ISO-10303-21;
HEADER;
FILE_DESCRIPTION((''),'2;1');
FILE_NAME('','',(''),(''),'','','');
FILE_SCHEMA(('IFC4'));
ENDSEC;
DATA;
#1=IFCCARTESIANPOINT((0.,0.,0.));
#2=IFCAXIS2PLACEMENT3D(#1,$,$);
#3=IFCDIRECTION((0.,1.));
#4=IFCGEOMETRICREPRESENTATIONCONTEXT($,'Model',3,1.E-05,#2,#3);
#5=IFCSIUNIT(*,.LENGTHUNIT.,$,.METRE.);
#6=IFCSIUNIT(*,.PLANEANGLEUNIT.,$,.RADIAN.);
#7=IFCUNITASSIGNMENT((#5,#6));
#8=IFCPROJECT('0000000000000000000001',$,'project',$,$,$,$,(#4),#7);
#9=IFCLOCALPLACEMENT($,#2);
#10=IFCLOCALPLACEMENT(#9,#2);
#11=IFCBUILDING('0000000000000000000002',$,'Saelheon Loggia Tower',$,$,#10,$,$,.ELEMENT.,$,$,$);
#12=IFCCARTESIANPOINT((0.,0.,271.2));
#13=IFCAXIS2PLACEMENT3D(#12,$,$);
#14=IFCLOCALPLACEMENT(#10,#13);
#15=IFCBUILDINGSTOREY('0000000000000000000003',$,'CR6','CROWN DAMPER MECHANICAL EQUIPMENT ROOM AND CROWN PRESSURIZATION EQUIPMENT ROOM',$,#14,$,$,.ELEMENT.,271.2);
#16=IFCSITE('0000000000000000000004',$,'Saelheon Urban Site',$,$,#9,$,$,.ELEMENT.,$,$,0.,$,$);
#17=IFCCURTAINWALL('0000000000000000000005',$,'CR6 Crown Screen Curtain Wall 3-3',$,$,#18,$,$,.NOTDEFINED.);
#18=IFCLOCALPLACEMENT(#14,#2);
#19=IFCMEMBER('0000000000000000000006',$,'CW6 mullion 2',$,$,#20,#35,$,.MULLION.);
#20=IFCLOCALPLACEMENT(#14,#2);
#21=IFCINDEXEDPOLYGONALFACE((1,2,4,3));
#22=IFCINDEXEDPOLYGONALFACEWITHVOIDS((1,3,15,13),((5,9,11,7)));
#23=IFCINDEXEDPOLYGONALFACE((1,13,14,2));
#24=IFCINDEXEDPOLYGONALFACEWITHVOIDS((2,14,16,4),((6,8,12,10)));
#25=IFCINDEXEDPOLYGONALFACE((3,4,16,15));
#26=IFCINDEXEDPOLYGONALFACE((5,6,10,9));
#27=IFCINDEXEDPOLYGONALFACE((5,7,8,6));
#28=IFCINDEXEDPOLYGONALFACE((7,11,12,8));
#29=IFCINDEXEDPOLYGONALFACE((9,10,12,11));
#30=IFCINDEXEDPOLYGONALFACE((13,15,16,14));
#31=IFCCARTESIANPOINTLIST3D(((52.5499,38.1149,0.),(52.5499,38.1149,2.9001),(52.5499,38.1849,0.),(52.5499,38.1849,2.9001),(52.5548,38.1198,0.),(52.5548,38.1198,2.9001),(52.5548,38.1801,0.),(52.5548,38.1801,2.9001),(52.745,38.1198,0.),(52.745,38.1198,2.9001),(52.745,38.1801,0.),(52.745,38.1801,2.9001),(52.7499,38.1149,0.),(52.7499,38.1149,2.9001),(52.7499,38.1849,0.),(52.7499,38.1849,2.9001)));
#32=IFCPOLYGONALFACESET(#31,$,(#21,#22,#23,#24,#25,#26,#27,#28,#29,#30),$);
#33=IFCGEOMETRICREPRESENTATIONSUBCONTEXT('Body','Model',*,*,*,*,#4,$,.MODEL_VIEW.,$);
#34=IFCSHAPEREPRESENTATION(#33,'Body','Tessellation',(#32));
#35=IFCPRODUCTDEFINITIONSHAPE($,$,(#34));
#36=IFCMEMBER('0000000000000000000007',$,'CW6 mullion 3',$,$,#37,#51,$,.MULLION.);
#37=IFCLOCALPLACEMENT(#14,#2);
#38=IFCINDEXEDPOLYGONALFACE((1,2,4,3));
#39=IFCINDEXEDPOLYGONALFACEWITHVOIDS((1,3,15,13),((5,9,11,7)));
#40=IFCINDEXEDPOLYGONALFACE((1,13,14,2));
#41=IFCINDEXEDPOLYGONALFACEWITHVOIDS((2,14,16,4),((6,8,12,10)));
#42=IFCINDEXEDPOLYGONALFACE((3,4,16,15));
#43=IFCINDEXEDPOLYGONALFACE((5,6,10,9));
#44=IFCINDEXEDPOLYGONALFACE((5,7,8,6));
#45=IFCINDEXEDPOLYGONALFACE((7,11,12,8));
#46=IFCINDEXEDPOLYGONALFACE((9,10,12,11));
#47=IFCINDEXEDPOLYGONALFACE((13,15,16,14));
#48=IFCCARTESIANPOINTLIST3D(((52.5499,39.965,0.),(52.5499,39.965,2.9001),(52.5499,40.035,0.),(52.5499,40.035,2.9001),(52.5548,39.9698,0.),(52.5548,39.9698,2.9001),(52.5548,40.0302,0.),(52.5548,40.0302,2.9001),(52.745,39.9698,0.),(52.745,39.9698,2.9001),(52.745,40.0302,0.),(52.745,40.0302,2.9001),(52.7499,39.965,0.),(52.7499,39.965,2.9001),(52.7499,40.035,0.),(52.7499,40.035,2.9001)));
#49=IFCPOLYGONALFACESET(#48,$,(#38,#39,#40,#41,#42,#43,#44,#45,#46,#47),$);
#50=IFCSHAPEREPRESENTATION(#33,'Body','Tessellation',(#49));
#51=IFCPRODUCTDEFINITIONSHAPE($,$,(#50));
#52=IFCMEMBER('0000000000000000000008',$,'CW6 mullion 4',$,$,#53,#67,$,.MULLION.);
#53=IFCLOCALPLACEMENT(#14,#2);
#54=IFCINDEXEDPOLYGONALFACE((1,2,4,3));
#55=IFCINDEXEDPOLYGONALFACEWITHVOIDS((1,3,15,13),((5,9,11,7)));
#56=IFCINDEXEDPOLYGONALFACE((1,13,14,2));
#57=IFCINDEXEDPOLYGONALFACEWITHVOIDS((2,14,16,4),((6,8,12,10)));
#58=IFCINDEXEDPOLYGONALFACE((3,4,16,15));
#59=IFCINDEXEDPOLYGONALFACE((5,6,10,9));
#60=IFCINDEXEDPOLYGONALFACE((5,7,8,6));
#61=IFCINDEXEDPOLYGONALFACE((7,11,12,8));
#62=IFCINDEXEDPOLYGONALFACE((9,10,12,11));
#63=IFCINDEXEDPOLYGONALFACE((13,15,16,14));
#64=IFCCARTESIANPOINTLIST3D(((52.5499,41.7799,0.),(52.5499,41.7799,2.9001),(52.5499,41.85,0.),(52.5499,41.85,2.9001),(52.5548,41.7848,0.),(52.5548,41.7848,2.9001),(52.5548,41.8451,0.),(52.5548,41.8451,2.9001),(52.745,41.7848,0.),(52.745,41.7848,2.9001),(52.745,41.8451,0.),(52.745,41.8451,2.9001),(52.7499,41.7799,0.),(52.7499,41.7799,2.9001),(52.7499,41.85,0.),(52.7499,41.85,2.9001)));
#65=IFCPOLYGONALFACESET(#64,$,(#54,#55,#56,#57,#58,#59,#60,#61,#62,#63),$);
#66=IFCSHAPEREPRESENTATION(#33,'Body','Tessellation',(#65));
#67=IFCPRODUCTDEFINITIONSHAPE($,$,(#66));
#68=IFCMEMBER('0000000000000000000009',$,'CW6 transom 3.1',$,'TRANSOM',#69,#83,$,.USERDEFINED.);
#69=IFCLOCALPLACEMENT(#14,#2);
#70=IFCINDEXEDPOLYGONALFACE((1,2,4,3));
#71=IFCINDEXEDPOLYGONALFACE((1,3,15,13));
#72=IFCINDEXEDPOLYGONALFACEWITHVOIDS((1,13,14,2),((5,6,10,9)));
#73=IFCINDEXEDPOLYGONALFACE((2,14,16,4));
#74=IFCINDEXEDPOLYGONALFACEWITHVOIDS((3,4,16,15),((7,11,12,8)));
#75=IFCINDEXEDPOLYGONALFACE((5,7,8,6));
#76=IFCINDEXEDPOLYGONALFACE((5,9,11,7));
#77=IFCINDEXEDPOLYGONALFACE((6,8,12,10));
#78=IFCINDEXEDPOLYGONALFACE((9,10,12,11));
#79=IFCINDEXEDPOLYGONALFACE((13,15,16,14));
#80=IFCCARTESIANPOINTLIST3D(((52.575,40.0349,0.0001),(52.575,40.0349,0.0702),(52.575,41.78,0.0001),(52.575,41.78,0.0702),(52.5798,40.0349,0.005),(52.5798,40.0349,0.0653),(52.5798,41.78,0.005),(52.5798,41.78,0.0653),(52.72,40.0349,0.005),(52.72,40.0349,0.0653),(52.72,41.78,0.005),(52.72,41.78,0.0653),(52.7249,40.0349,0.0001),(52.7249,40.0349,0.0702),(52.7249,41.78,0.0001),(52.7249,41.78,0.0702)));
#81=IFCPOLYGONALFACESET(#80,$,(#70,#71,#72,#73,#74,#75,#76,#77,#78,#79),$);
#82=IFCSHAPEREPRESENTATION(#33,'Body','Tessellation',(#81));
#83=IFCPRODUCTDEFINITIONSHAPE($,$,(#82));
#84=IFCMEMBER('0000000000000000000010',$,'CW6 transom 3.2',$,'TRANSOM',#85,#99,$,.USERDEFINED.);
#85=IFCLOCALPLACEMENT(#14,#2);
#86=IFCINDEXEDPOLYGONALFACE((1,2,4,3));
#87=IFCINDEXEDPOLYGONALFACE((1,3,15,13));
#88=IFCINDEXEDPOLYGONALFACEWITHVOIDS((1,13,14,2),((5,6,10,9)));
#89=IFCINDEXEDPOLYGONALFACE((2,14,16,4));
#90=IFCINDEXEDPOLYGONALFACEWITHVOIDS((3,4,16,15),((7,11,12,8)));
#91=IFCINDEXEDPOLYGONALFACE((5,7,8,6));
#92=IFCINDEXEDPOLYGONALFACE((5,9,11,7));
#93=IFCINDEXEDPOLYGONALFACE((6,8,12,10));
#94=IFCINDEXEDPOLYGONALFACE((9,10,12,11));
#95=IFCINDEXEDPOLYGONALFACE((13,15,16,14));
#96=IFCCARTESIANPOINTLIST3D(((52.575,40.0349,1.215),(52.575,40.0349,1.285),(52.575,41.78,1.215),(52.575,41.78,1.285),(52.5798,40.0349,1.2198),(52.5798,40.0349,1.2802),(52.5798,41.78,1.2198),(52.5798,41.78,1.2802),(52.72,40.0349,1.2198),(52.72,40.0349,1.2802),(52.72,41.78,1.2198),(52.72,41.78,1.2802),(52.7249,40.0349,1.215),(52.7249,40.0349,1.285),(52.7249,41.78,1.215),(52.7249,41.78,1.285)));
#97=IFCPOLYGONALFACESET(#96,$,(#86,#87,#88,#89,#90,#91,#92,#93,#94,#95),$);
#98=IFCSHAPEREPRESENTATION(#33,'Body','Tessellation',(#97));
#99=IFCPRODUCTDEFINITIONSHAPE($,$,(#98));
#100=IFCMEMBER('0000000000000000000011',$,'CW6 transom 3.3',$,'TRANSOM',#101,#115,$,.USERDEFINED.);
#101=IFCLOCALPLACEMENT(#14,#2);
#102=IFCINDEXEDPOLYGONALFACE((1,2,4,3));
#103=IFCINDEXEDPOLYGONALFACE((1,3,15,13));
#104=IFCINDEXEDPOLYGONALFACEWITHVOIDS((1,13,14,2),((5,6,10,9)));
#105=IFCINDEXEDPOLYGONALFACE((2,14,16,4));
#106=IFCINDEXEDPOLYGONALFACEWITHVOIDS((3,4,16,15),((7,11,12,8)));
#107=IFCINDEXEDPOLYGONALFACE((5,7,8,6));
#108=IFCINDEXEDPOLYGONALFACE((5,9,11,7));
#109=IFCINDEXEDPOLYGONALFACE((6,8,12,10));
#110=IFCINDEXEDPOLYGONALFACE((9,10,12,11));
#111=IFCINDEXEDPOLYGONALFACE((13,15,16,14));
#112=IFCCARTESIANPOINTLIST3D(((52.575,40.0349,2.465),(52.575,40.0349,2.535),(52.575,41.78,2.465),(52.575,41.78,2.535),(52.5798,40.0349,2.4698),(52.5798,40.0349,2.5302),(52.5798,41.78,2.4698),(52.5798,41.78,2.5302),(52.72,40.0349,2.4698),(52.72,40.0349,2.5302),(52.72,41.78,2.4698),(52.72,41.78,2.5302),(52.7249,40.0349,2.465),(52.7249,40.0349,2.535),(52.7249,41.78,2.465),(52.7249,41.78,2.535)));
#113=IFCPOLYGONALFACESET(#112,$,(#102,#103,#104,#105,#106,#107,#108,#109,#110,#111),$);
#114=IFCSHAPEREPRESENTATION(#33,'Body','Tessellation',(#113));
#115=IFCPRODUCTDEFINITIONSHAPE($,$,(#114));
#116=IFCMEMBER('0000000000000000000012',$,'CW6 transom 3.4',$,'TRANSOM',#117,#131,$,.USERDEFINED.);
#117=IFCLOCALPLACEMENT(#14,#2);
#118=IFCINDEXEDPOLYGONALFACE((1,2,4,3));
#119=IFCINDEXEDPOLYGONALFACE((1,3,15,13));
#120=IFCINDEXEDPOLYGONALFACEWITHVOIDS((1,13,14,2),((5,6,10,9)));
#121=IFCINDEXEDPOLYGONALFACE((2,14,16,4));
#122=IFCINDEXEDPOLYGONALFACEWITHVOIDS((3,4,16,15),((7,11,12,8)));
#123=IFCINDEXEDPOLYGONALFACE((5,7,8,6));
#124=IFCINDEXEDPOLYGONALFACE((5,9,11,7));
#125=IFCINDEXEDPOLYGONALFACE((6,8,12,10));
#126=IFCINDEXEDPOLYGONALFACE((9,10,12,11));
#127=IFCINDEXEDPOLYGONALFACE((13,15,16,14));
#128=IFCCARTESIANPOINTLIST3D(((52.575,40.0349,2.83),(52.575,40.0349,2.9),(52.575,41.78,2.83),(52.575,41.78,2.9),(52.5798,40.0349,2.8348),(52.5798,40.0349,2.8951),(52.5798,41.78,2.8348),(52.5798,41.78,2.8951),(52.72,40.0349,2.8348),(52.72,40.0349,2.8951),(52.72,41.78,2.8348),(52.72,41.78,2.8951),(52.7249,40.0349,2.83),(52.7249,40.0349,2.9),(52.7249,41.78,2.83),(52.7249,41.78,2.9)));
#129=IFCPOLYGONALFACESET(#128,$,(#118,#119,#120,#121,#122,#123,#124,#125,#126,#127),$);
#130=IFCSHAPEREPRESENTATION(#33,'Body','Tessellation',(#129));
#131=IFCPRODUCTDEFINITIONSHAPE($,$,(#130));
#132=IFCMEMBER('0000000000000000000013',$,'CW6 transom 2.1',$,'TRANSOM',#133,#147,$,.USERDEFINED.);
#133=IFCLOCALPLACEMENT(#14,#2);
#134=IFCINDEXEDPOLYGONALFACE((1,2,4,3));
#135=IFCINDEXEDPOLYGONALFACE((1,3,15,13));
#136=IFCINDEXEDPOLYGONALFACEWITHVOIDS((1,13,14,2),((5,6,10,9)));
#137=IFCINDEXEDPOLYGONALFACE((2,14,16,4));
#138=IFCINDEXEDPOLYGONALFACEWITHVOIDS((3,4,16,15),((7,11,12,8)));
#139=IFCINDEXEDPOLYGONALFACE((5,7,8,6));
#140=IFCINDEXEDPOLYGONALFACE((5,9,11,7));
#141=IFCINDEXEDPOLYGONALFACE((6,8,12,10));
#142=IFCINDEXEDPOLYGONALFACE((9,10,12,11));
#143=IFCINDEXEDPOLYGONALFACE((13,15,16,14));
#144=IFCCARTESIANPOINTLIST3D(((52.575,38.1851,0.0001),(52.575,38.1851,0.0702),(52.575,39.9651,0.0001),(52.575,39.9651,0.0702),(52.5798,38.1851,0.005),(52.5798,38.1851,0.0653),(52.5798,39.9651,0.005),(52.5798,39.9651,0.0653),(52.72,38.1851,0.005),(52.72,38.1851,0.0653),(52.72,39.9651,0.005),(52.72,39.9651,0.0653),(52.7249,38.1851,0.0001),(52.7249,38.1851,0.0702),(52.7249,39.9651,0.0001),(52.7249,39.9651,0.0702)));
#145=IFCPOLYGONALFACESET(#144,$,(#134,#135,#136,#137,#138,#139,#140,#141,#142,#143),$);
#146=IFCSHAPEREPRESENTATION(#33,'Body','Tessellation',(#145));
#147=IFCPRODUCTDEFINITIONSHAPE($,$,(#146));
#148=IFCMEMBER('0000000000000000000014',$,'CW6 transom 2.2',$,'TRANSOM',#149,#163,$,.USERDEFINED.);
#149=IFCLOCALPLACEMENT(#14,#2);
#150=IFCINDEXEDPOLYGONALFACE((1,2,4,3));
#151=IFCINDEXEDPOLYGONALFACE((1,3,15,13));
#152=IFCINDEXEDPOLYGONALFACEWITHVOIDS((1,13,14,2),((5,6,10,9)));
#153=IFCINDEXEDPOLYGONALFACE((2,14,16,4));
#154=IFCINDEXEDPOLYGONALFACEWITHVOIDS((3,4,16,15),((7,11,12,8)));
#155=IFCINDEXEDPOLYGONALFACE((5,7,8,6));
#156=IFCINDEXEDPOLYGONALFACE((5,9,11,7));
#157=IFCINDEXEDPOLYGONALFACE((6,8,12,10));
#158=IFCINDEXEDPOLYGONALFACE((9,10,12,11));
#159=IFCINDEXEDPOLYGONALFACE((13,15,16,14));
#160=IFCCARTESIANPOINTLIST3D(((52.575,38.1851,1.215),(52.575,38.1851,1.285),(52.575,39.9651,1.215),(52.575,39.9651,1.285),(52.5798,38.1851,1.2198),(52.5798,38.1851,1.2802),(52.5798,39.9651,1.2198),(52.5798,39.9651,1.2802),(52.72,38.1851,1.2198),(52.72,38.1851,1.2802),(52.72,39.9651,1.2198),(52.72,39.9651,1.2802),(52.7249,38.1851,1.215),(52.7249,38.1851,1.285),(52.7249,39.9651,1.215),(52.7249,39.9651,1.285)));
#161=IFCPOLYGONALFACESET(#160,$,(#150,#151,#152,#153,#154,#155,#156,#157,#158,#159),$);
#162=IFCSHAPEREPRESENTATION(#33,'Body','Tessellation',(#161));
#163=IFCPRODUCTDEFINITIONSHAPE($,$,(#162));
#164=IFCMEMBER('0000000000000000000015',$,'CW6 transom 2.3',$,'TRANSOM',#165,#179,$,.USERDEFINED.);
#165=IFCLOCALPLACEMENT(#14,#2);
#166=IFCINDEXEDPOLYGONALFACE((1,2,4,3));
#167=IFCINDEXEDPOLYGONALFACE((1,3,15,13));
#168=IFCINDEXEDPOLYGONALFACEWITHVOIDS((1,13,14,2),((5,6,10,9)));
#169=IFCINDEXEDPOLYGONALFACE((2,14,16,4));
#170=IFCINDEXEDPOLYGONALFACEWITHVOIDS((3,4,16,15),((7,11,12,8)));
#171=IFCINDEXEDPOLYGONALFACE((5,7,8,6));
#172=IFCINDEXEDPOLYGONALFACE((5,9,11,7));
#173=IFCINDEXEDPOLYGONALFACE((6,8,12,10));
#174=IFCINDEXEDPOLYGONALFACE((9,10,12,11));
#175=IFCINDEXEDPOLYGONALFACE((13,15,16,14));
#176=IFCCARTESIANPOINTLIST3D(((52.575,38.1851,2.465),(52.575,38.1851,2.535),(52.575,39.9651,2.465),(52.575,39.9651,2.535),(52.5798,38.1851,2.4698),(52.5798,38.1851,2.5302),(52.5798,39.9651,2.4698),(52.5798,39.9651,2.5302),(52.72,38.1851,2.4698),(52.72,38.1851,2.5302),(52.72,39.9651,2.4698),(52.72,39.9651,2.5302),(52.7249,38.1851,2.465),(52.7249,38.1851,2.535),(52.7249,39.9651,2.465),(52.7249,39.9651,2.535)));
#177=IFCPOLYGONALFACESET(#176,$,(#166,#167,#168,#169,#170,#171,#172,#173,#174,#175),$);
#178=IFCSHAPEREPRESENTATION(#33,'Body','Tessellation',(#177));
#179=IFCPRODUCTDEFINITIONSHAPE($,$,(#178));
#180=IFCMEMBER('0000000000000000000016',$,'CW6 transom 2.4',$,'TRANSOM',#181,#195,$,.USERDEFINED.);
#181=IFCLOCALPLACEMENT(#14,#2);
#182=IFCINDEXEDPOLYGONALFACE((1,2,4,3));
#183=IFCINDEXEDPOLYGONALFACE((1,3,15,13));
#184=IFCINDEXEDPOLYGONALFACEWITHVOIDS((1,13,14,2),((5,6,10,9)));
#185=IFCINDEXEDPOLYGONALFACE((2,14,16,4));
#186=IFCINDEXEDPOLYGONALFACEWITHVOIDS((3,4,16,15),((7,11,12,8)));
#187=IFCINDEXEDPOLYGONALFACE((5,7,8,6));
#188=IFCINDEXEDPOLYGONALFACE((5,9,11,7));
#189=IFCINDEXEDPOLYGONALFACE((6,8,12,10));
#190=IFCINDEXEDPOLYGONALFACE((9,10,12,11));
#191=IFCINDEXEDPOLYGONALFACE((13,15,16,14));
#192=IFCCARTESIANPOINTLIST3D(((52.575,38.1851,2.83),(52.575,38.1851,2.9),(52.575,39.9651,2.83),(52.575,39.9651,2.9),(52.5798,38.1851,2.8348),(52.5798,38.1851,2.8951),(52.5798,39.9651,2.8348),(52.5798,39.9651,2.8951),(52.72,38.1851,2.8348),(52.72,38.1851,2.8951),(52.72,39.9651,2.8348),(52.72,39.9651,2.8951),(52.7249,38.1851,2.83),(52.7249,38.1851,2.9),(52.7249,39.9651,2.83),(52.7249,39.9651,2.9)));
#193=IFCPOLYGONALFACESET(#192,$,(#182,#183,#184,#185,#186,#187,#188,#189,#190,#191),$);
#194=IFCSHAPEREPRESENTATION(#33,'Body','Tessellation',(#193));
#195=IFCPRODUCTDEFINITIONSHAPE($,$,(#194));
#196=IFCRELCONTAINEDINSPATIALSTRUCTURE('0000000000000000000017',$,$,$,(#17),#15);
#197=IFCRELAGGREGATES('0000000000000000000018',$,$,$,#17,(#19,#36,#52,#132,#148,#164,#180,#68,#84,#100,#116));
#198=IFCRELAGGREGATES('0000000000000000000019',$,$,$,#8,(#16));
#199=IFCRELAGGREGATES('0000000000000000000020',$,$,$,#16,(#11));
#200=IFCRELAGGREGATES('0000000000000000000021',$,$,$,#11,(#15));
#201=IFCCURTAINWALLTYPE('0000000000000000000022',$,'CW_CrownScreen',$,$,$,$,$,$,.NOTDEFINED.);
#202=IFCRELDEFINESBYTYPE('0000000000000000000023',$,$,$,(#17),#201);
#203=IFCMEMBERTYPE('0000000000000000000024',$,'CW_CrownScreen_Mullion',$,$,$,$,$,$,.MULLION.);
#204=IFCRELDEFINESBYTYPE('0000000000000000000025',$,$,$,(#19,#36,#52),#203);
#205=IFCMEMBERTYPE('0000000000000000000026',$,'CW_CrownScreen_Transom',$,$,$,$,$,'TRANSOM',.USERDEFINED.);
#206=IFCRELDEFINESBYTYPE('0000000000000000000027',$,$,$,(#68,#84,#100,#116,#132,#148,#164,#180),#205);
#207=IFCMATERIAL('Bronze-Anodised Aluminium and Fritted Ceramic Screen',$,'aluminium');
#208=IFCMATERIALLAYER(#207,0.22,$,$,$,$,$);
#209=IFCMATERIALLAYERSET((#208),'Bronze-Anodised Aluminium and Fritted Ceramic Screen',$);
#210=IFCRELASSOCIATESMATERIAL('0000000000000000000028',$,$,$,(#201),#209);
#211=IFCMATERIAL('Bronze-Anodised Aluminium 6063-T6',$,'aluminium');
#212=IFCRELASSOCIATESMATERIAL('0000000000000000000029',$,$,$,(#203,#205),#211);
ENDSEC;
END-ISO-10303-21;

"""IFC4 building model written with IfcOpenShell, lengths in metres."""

from ifc_helpers import new_model, si_unit, direction, frame, origin, origin_2d, place, context, subcontext, project, spatial, hollow_rectangle, extrude, source, transform, mapped, material, layer, layer_set, material_profile, profile_set, type_object, element, aggregate, save


model = new_model("IFC4")

# Units and contexts
model_context = context("Model", 3, precision=1e-05, world=origin(), true_north=direction((0.0, 1.0)))
body_context = subcontext(model_context, "Body", "Model", "MODEL_VIEW")
ifc_project = project(units=[si_unit("LENGTHUNIT", "METRE"), si_unit("PLANEANGLEUNIT", "RADIAN")], contexts=[model_context])

# Site, building, storey
site_placement = place(None, origin())
site = spatial("IfcSite", under=ifc_project, at=site_placement, Name="Saelheon Urban Site", CompositionType="ELEMENT", RefElevation=0.0)
building_placement = place(site_placement, origin())
building = spatial("IfcBuilding", under=site, at=building_placement, Name="Saelheon Loggia Tower", CompositionType="ELEMENT")
storey_placement = place(building_placement, frame((0.0, 0.0, 271.2)))
storey = spatial("IfcBuildingStorey", under=building, at=storey_placement, Name="CR6", Description="CROWN DAMPER MECHANICAL EQUIPMENT ROOM AND CROWN PRESSURIZATION EQUIPMENT ROOM", CompositionType="ELEMENT", Elevation=271.2)

# Curtain wall, members
ifc_material_1 = material(Name="Bronze-Anodised Aluminium and Fritted Ceramic Screen", Category="aluminium")
ifc_layer_1 = layer(ifc_material_1, 0.22)
ifc_layer_set_1 = layer_set([ifc_layer_1], Name="Bronze-Anodised Aluminium and Fritted Ceramic Screen")
curtain_wall_type = type_object("IfcCurtainWallType", Name="CW_CrownScreen", PredefinedType="NOTDEFINED", material=ifc_layer_set_1)
curtain_wall_placement = place(storey_placement, origin())
curtain_wall = element("IfcCurtainWall", 1, at=curtain_wall_placement, inside=storey, type_object=curtain_wall_type, Name="CR6 Crown Screen Curtain Wall 3-3", PredefinedType="NOTDEFINED")
ifc_material_2 = material(Name="Bronze-Anodised Aluminium 6063-T6", Category="aluminium")
ifc_material_profile_1 = material_profile(ifc_material_2, hollow_rectangle(XDim=0.0701, YDim=0.2, WallThickness=0.0049, at=origin_2d()), Name="RHS-200x70x5")
ifc_profile_set_1 = profile_set([ifc_material_profile_1], Name="Bronze-Anodised Aluminium 6063-T6")
member_type_1 = type_object("IfcMemberType", Name="CW_CrownScreen_Mullion", PredefinedType="MULLION", material=ifc_profile_set_1)
shared_shape_1 = source(origin(), body_context, "Body", "SweptSolid", [
    extrude(hollow_rectangle(XDim=0.0701, YDim=0.2, WallThickness=0.0049, at=origin_2d()), origin(), (0.0, 0.0, 1.0), 2.9001),
])
member_1_placement = place(storey_placement, frame((52.6499, 38.1499, 0.0), z_axis=(0.0, 0.0, 1.0), x_axis=(0.0, 1.0, 0.0)))
member_1 = element("IfcMember", 2, at=member_1_placement, type_object=member_type_1, Name="CW6 mullion 2", PredefinedType="MULLION", context=body_context, shape_type="MappedRepresentation", body=[
    mapped(shared_shape_1, transform((0.0, 0.0, 0.0), scale=1.0)),
])
member_2_placement = place(storey_placement, frame((52.6499, 40.0, 0.0), z_axis=(0.0, 0.0, 1.0), x_axis=(0.0, 1.0, 0.0)))
member_2 = element("IfcMember", 3, at=member_2_placement, type_object=member_type_1, Name="CW6 mullion 3", PredefinedType="MULLION", context=body_context, shape_type="MappedRepresentation", body=[
    mapped(shared_shape_1, transform((0.0, 0.0, 0.0), scale=1.0)),
])
member_3_placement = place(storey_placement, frame((52.6499, 41.8149, 0.0), z_axis=(0.0, 0.0, 1.0), x_axis=(0.0, 1.0, 0.0)))
member_3 = element("IfcMember", 4, at=member_3_placement, type_object=member_type_1, Name="CW6 mullion 4", PredefinedType="MULLION", context=body_context, shape_type="MappedRepresentation", body=[
    mapped(shared_shape_1, transform((0.0, 0.0, 0.0), scale=1.0)),
])
ifc_material_profile_2 = material_profile(ifc_material_2, hollow_rectangle(XDim=0.0701, YDim=0.1499, WallThickness=0.0049, at=origin_2d()), Name="RHS-150x70x5")
ifc_profile_set_2 = profile_set([ifc_material_profile_2], Name="Bronze-Anodised Aluminium 6063-T6")
member_type_2 = type_object("IfcMemberType", Name="CW_CrownScreen_Transom", ElementType="TRANSOM", PredefinedType="USERDEFINED", material=ifc_profile_set_2)
shared_shape_2 = source(origin(), body_context, "Body", "SweptSolid", [
    extrude(hollow_rectangle(XDim=0.0701, YDim=0.1499, WallThickness=0.0049, at=origin_2d()), origin(), (0.0, 0.0, 1.0), 1.7451),
])
member_4_placement = place(storey_placement, frame((52.6499, 40.0349, 0.0352), z_axis=(0.0, 1.0, 0.0), x_axis=(0.0, 0.0, 1.0)))
member_4 = element("IfcMember", 5, at=member_4_placement, type_object=member_type_2, Name="CW6 transom 3.1", ObjectType="TRANSOM", PredefinedType="USERDEFINED", context=body_context, shape_type="MappedRepresentation", body=[
    mapped(shared_shape_2, transform((0.0, 0.0, 0.0), scale=1.0)),
])
member_5_placement = place(storey_placement, frame((52.6499, 40.0349, 1.25), z_axis=(0.0, 1.0, 0.0), x_axis=(0.0, 0.0, 1.0)))
member_5 = element("IfcMember", 6, at=member_5_placement, type_object=member_type_2, Name="CW6 transom 3.2", ObjectType="TRANSOM", PredefinedType="USERDEFINED", context=body_context, shape_type="MappedRepresentation", body=[
    mapped(shared_shape_2, transform((0.0, 0.0, 0.0), scale=1.0)),
])
member_6_placement = place(storey_placement, frame((52.6499, 40.0349, 2.5), z_axis=(0.0, 1.0, 0.0), x_axis=(0.0, 0.0, 1.0)))
member_6 = element("IfcMember", 7, at=member_6_placement, type_object=member_type_2, Name="CW6 transom 3.3", ObjectType="TRANSOM", PredefinedType="USERDEFINED", context=body_context, shape_type="MappedRepresentation", body=[
    mapped(shared_shape_2, transform((0.0, 0.0, 0.0), scale=1.0)),
])
member_7_placement = place(storey_placement, frame((52.6499, 40.0349, 2.865), z_axis=(0.0, 1.0, 0.0), x_axis=(0.0, 0.0, 1.0)))
member_7 = element("IfcMember", 8, at=member_7_placement, type_object=member_type_2, Name="CW6 transom 3.4", ObjectType="TRANSOM", PredefinedType="USERDEFINED", context=body_context, shape_type="MappedRepresentation", body=[
    mapped(shared_shape_2, transform((0.0, 0.0, 0.0), scale=1.0)),
])
shared_shape_3 = source(origin(), body_context, "Body", "SweptSolid", [
    extrude(hollow_rectangle(XDim=0.0701, YDim=0.1499, WallThickness=0.0049, at=origin_2d()), origin(), (0.0, 0.0, 1.0), 1.78),
])
member_8_placement = place(storey_placement, frame((52.6499, 38.1851, 0.0352), z_axis=(0.0, 1.0, 0.0), x_axis=(0.0, 0.0, 1.0)))
member_8 = element("IfcMember", 9, at=member_8_placement, type_object=member_type_2, Name="CW6 transom 2.1", ObjectType="TRANSOM", PredefinedType="USERDEFINED", context=body_context, shape_type="MappedRepresentation", body=[
    mapped(shared_shape_3, transform((0.0, 0.0, 0.0), scale=1.0)),
])
member_9_placement = place(storey_placement, frame((52.6499, 38.1851, 1.25), z_axis=(0.0, 1.0, 0.0), x_axis=(0.0, 0.0, 1.0)))
member_9 = element("IfcMember", 10, at=member_9_placement, type_object=member_type_2, Name="CW6 transom 2.2", ObjectType="TRANSOM", PredefinedType="USERDEFINED", context=body_context, shape_type="MappedRepresentation", body=[
    mapped(shared_shape_3, transform((0.0, 0.0, 0.0), scale=1.0)),
])
member_10_placement = place(storey_placement, frame((52.6499, 38.1851, 2.5), z_axis=(0.0, 1.0, 0.0), x_axis=(0.0, 0.0, 1.0)))
member_10 = element("IfcMember", 11, at=member_10_placement, type_object=member_type_2, Name="CW6 transom 2.3", ObjectType="TRANSOM", PredefinedType="USERDEFINED", context=body_context, shape_type="MappedRepresentation", body=[
    mapped(shared_shape_3, transform((0.0, 0.0, 0.0), scale=1.0)),
])
member_11_placement = place(storey_placement, frame((52.6499, 38.1851, 2.865), z_axis=(0.0, 1.0, 0.0), x_axis=(0.0, 0.0, 1.0)))
member_11 = element("IfcMember", 12, at=member_11_placement, type_object=member_type_2, Name="CW6 transom 2.4", ObjectType="TRANSOM", PredefinedType="USERDEFINED", context=body_context, shape_type="MappedRepresentation", body=[
    mapped(shared_shape_3, transform((0.0, 0.0, 0.0), scale=1.0)),
])
aggregate(curtain_wall, [member_1, member_2, member_3, member_8, member_9, member_10, member_11, member_4, member_5, member_6, member_7])

save(model, "model.ifc")
